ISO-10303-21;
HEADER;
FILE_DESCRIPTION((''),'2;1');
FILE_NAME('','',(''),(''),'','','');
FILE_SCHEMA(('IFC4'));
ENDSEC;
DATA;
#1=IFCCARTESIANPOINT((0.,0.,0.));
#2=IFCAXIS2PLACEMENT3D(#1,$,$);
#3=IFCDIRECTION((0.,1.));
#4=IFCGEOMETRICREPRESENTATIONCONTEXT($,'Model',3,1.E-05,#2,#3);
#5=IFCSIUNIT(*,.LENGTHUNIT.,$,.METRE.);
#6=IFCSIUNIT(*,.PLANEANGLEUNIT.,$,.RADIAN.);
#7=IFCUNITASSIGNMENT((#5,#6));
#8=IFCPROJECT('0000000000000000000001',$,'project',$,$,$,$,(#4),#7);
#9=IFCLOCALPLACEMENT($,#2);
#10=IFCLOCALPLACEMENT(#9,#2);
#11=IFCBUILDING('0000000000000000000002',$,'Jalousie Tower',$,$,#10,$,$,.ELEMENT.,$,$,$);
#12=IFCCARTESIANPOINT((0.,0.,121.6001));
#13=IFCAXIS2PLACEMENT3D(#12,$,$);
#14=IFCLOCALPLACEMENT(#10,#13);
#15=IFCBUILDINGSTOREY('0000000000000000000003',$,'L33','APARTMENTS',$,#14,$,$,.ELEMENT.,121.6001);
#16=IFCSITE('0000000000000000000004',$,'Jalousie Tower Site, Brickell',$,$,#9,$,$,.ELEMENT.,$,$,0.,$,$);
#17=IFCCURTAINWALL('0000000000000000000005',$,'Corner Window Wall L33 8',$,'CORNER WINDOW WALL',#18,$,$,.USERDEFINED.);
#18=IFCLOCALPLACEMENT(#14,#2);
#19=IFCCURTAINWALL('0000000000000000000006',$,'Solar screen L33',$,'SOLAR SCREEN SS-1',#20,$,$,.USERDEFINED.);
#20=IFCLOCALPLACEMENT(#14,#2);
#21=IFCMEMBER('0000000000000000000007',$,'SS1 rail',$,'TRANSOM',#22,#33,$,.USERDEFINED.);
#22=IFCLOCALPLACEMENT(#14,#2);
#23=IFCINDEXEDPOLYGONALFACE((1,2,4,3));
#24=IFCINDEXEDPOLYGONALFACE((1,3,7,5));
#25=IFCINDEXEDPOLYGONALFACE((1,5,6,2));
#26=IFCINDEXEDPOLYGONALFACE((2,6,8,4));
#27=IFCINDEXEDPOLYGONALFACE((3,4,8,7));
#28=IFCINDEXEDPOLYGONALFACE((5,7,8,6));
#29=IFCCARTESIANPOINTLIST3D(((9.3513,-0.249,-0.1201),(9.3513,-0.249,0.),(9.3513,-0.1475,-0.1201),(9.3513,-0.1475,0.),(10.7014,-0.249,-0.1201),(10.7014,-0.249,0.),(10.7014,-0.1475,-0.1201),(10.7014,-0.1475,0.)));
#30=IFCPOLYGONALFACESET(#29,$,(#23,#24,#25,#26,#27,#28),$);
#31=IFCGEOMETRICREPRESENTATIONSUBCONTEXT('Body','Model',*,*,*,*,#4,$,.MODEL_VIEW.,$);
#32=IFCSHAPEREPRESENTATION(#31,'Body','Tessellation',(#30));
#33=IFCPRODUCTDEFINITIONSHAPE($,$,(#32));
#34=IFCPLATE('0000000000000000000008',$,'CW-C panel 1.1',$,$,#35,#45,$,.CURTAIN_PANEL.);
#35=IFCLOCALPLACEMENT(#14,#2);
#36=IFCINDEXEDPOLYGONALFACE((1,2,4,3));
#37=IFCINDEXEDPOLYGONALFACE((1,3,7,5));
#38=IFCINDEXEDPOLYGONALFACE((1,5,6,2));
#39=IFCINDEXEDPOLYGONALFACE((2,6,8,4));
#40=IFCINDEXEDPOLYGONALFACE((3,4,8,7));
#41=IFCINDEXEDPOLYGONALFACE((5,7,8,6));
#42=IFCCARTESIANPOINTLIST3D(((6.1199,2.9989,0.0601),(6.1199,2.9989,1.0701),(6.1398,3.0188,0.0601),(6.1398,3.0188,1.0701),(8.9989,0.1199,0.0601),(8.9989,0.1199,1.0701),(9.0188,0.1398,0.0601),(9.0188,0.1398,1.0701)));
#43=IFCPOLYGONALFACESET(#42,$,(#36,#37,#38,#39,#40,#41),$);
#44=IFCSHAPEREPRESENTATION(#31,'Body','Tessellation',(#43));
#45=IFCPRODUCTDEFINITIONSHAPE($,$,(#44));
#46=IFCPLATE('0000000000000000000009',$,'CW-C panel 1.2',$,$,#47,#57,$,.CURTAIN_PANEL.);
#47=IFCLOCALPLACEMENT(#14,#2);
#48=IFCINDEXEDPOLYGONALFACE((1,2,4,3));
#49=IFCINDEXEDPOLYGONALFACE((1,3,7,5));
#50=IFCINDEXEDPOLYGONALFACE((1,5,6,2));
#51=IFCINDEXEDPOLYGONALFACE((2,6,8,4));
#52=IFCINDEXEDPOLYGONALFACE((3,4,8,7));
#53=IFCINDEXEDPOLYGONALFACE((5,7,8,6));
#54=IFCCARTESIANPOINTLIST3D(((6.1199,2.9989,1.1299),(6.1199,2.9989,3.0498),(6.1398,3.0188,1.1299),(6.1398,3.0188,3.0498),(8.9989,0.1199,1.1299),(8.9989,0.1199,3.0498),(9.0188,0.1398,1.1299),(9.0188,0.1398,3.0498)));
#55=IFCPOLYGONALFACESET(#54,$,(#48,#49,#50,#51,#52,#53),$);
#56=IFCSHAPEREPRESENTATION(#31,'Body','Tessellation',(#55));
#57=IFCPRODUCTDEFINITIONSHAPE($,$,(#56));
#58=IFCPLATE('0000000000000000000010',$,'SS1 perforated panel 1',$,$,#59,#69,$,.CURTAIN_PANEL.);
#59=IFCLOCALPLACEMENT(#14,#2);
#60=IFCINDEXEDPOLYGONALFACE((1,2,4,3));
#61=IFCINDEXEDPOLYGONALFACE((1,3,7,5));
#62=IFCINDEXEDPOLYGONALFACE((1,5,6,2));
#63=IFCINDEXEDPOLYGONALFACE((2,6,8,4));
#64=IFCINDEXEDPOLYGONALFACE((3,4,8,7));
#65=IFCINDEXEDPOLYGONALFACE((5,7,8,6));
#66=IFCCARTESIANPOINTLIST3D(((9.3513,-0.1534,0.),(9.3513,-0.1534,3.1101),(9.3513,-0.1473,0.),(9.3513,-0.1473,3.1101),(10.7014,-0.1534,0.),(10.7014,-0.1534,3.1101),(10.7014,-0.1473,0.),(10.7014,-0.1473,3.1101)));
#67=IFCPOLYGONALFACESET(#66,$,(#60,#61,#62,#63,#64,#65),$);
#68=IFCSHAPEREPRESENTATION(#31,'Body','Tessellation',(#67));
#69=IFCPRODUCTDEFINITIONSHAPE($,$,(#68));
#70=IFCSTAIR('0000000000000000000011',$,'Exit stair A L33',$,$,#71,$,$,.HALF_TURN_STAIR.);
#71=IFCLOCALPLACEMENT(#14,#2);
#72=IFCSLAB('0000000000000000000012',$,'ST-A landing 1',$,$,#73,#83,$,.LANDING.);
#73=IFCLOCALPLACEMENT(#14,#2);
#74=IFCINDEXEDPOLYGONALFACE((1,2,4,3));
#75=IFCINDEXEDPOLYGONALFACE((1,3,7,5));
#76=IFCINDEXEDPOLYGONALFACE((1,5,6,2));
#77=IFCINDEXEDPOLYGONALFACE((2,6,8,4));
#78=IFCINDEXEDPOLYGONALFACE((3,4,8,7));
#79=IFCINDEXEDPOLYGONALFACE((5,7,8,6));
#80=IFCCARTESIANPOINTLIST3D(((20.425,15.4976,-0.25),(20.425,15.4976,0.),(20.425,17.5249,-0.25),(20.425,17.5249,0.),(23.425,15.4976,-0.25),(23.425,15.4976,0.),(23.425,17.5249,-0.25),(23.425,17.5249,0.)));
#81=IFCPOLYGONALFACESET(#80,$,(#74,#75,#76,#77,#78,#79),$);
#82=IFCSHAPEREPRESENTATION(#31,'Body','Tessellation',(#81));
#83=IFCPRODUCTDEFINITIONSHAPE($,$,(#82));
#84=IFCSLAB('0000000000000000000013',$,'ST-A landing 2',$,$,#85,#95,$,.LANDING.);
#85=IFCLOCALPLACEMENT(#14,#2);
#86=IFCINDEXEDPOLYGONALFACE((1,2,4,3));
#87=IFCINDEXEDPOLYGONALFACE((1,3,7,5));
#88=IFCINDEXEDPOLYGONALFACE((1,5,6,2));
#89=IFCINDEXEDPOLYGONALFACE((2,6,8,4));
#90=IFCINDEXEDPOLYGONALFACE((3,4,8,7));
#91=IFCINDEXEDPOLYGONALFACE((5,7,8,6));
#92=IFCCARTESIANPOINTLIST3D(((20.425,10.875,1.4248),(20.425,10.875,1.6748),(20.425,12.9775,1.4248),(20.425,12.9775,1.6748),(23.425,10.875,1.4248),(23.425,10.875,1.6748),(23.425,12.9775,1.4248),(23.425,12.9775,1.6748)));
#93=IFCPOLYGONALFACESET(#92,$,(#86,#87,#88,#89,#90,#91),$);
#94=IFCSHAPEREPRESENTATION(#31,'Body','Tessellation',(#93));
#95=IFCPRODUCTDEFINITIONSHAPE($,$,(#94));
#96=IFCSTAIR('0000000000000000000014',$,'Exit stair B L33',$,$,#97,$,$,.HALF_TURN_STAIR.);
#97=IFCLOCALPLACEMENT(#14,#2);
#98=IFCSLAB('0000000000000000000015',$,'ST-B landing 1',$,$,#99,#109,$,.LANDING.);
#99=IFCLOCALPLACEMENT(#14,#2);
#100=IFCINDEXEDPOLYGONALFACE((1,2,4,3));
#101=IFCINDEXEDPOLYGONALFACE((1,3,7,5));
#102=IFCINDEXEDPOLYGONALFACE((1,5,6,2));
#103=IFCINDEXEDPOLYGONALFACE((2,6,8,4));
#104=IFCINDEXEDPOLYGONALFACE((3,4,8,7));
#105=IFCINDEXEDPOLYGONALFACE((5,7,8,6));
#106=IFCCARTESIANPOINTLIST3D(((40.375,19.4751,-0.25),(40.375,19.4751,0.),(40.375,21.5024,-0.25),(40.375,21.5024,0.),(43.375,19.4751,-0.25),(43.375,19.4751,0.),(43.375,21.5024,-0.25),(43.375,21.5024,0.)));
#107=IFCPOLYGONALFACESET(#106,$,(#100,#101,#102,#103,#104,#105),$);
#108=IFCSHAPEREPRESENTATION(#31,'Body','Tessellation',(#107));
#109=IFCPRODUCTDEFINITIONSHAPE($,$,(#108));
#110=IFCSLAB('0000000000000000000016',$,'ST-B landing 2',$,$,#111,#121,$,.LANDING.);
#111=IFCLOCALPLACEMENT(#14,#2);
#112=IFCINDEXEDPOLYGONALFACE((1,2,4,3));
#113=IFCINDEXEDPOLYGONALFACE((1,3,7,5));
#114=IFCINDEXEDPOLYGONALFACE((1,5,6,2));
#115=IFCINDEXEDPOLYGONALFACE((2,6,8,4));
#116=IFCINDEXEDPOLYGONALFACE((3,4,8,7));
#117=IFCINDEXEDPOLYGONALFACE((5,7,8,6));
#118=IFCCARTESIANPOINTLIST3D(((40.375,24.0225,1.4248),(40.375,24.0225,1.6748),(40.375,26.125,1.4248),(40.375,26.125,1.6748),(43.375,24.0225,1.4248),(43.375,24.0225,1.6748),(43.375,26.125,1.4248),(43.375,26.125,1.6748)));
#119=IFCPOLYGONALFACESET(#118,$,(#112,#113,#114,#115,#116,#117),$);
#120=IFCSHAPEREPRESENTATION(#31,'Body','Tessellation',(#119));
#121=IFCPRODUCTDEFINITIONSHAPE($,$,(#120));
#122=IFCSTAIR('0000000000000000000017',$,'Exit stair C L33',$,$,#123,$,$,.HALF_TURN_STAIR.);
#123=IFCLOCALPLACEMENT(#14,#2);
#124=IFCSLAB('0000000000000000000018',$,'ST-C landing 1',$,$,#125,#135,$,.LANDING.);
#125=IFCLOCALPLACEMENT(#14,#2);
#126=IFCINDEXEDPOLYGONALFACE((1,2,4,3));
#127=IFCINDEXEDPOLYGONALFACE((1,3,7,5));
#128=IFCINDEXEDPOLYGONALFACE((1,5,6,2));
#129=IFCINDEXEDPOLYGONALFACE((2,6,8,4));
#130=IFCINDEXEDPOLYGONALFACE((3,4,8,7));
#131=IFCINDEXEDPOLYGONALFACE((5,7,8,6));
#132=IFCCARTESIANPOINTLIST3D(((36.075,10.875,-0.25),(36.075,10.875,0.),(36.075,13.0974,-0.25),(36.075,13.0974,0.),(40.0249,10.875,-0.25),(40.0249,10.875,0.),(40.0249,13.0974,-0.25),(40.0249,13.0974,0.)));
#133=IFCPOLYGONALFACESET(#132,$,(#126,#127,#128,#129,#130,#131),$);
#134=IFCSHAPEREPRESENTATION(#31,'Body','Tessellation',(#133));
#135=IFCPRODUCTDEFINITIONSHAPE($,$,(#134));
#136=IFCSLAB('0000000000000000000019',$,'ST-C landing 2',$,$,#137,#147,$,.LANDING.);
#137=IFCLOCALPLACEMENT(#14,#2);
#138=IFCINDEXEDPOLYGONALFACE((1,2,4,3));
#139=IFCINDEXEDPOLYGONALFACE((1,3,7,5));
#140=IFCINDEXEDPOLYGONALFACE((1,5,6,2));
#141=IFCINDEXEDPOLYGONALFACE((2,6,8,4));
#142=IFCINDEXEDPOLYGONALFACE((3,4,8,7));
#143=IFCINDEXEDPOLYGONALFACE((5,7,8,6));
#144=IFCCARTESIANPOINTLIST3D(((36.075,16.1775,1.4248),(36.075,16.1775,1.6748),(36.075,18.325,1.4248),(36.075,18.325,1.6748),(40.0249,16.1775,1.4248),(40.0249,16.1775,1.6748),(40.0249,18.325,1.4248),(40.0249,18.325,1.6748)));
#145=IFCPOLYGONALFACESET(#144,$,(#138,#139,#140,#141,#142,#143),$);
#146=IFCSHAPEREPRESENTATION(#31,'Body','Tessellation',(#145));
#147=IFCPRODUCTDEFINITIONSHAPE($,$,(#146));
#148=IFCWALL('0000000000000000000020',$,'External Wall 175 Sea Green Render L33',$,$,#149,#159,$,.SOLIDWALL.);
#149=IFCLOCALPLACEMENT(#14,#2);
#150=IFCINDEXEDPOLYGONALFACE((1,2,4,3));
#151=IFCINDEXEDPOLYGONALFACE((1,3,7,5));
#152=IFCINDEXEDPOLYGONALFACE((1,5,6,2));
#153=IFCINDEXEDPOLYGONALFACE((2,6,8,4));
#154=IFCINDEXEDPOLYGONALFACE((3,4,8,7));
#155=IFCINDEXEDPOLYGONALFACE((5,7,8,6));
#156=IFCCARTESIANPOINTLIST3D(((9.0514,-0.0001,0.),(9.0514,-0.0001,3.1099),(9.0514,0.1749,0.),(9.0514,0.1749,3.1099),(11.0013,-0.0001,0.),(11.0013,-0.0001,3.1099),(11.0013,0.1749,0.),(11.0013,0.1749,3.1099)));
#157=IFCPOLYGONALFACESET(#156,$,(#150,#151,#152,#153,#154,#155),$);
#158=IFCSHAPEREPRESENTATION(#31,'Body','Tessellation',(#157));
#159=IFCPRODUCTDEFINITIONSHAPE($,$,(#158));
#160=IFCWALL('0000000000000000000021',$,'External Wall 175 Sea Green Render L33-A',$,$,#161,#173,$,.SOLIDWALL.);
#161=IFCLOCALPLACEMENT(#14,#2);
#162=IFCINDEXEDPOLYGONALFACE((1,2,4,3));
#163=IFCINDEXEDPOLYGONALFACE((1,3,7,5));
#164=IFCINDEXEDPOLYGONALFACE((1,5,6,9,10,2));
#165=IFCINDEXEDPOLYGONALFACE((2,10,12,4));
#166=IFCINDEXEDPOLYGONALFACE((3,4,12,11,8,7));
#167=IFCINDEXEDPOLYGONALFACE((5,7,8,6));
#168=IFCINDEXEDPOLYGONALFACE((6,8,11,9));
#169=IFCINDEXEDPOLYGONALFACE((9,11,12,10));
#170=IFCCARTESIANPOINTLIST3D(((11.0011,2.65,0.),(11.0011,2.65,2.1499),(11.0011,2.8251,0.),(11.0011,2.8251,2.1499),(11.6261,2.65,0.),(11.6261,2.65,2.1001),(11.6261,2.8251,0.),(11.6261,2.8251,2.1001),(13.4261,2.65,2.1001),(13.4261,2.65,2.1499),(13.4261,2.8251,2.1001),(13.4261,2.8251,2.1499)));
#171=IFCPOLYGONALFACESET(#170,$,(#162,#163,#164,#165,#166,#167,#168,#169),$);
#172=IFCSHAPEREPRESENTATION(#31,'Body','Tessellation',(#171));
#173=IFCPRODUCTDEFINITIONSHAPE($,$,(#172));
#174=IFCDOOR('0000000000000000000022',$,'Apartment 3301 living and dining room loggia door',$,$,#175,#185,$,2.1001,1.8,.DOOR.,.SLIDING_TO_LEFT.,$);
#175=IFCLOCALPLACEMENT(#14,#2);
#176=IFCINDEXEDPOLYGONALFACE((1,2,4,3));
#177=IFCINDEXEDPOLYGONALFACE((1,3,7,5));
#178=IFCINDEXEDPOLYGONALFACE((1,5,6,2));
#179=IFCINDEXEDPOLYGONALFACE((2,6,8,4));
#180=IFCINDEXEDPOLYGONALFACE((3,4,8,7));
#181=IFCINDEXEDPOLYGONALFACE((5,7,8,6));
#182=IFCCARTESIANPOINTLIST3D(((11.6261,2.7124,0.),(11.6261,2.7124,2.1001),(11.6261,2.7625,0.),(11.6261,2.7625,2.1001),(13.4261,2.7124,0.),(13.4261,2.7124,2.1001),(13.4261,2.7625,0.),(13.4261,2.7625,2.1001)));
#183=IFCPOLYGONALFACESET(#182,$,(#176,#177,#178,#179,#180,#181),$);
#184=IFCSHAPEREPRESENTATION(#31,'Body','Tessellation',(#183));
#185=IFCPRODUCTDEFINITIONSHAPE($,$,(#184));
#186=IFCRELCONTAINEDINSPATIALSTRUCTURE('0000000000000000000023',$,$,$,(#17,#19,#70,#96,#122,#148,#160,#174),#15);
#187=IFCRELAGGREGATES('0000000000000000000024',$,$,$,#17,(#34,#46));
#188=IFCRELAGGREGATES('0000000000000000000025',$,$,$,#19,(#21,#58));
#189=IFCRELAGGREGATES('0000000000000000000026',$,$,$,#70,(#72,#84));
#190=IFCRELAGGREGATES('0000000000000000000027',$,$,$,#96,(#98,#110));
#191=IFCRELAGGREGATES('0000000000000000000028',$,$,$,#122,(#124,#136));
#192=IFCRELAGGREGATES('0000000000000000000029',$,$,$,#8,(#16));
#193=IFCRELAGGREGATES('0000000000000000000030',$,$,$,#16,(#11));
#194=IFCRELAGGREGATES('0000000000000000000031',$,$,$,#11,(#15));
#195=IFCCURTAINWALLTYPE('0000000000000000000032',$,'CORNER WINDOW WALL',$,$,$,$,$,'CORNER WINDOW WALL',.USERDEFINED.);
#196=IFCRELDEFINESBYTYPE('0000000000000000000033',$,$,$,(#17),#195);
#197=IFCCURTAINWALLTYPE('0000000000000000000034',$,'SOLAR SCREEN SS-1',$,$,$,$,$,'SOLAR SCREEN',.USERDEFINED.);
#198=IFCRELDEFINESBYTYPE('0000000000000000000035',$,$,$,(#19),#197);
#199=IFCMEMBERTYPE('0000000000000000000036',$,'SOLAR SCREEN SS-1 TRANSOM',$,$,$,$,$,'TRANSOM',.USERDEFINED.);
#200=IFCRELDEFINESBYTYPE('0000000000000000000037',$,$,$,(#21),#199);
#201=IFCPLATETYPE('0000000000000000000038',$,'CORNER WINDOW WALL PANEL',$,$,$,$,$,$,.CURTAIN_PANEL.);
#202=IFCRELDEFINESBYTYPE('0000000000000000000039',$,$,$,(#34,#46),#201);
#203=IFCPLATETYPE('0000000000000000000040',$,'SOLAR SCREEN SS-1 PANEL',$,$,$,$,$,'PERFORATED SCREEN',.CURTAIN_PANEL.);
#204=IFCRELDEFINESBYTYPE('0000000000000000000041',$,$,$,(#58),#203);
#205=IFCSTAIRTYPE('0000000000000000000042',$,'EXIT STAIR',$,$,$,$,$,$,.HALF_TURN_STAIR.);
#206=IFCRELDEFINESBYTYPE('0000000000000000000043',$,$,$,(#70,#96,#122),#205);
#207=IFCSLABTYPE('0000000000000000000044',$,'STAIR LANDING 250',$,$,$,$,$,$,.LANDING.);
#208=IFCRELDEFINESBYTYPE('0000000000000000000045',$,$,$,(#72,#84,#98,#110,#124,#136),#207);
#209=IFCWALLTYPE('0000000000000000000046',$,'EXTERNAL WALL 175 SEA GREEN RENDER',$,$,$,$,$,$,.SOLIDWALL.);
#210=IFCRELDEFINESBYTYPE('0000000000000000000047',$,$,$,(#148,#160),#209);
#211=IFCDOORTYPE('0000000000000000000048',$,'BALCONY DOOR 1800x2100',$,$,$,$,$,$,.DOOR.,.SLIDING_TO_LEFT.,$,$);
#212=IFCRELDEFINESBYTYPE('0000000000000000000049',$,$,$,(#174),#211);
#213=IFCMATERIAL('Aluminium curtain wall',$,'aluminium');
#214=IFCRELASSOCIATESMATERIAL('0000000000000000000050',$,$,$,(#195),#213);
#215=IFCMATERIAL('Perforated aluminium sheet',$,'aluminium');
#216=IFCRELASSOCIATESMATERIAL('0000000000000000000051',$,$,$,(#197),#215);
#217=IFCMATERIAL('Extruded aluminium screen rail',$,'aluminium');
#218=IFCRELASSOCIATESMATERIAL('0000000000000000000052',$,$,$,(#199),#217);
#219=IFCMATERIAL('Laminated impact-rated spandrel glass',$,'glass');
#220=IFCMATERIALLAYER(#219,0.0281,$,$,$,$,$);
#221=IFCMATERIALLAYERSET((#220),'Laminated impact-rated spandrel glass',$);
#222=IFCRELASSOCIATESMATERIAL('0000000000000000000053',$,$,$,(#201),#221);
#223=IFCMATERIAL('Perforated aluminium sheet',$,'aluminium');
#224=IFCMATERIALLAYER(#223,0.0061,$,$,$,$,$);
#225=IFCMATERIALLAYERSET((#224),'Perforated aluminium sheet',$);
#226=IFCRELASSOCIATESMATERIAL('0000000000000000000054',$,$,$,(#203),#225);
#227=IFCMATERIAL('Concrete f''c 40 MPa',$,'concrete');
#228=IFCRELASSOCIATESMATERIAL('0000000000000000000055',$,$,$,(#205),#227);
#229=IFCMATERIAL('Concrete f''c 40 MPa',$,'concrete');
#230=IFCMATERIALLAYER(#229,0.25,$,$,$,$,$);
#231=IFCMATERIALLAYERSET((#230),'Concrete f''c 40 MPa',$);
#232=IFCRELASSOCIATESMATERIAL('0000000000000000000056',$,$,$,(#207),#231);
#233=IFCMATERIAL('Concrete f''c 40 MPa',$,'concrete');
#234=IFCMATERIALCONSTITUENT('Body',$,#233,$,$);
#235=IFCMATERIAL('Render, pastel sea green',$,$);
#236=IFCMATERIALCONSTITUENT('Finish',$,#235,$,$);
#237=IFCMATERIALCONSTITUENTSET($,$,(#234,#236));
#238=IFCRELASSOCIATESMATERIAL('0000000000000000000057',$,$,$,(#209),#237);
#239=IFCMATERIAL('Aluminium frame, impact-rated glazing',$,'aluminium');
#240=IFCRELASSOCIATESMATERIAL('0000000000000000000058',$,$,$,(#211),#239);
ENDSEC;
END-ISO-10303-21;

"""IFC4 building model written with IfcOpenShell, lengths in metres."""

from ifc_helpers import new_model, si_unit, direction, frame, frame_2d, origin, origin_2d, place, context, subcontext, project, spatial, polyline, rectangle, outline, extrude, material, layer, layer_set, constituent, constituent_set, material_profile, profile_set, type_object, element, fill, aggregate, save


model = new_model("IFC4")

# Units and contexts
model_context = context("Model", 3, precision=1e-05, world=origin(), true_north=direction((0.0, 1.0)))
body_context = subcontext(model_context, "Body", "Model", "MODEL_VIEW")
ifc_project = project(units=[si_unit("LENGTHUNIT", "METRE"), si_unit("PLANEANGLEUNIT", "RADIAN")], contexts=[model_context])

# Site, building, storey
site_placement = place(None, origin())
site = spatial("IfcSite", under=ifc_project, at=site_placement, Name="Jalousie Tower Site, Brickell", CompositionType="ELEMENT", RefElevation=0.0)
building_placement = place(site_placement, origin())
building = spatial("IfcBuilding", under=site, at=building_placement, Name="Jalousie Tower", CompositionType="ELEMENT")
storey_placement = place(building_placement, frame((0.0, 0.0, 121.6001)))
storey = spatial("IfcBuildingStorey", under=building, at=storey_placement, Name="L33", Description="APARTMENTS", CompositionType="ELEMENT", Elevation=121.6001)

# Curtain wall
ifc_material_1 = material(Name="Aluminium curtain wall", Category="aluminium")
curtain_wall_type_1 = type_object("IfcCurtainWallType", Name="CORNER WINDOW WALL", ElementType="CORNER WINDOW WALL", PredefinedType="USERDEFINED", material=ifc_material_1)
curtain_wall_1_placement = place(storey_placement, origin())
curtain_wall_1 = element("IfcCurtainWall", 1, at=curtain_wall_1_placement, inside=storey, type_object=curtain_wall_type_1, Name="Corner Window Wall L33 8", ObjectType="CORNER WINDOW WALL", PredefinedType="USERDEFINED")

# Curtain wall, member
ifc_material_2 = material(Name="Perforated aluminium sheet", Category="aluminium")
curtain_wall_type_2 = type_object("IfcCurtainWallType", Name="SOLAR SCREEN SS-1", ElementType="SOLAR SCREEN", PredefinedType="USERDEFINED", material=ifc_material_2)
curtain_wall_2_placement = place(storey_placement, origin())
curtain_wall_2 = element("IfcCurtainWall", 2, at=curtain_wall_2_placement, inside=storey, type_object=curtain_wall_type_2, Name="Solar screen L33", ObjectType="SOLAR SCREEN SS-1", PredefinedType="USERDEFINED")
ifc_material_3 = material(Name="Extruded aluminium screen rail", Category="aluminium")
ifc_material_profile_1 = material_profile(ifc_material_3, rectangle(XDim=0.1016, YDim=0.1201, at=origin_2d()), Name="RAIL 102x120")
ifc_profile_set_1 = profile_set([ifc_material_profile_1], Name="Extruded aluminium screen rail")
member_type_1 = type_object("IfcMemberType", Name="SOLAR SCREEN SS-1 TRANSOM", ElementType="TRANSOM", PredefinedType="USERDEFINED", material=ifc_profile_set_1)
member_1_placement = place(storey_placement, frame((9.3513, -0.1982, -0.0601), z_axis=(1.0, 0.0, 0.0), x_axis=(0.0, 1.0, 0.0)))
member_1 = element("IfcMember", 3, at=member_1_placement, type_object=member_type_1, Name="SS1 rail", ObjectType="TRANSOM", PredefinedType="USERDEFINED", context=body_context, shape_type="SweptSolid", body=[
    extrude(rectangle(XDim=0.1016, YDim=0.1201, at=origin_2d()), origin(), (0.0, 0.0, 1.0), 1.3501),
])

# Plates
ifc_material_4 = material(Name="Laminated impact-rated spandrel glass", Category="glass")
ifc_layer_1 = layer(ifc_material_4, 0.0281)
ifc_layer_set_1 = layer_set([ifc_layer_1], Name="Laminated impact-rated spandrel glass")
plate_type_1 = type_object("IfcPlateType", Name="CORNER WINDOW WALL PANEL", PredefinedType="CURTAIN_PANEL", material=ifc_layer_set_1)
plate_1_placement = place(storey_placement, frame((7.5693, 1.5693, 0.0601), z_axis=(0.0, 0.0, 1.0), x_axis=(0.707107, -0.707107, 0.0)))
plate_1 = element("IfcPlate", 4, at=plate_1_placement, type_object=plate_type_1, Name="CW-C panel 1.1", PredefinedType="CURTAIN_PANEL", context=body_context, shape_type="SweptSolid", body=[
    extrude(rectangle(XDim=4.0715, YDim=0.0281, at=origin_2d()), origin(), (0.0, 0.0, 1.0), 1.01),
])
plate_2_placement = place(storey_placement, frame((7.5693, 1.5693, 1.1299), z_axis=(0.0, 0.0, 1.0), x_axis=(0.707107, -0.707107, 0.0)))
plate_2 = element("IfcPlate", 5, at=plate_2_placement, type_object=plate_type_1, Name="CW-C panel 1.2", PredefinedType="CURTAIN_PANEL", context=body_context, shape_type="SweptSolid", body=[
    extrude(rectangle(XDim=4.0715, YDim=0.0281, at=origin_2d()), origin(), (0.0, 0.0, 1.0), 1.9199),
])
aggregate(curtain_wall_1, [plate_1, plate_2])

# Plate
ifc_material_5 = material(Name="Perforated aluminium sheet", Category="aluminium")
ifc_layer_2 = layer(ifc_material_5, 0.0061)
ifc_layer_set_2 = layer_set([ifc_layer_2], Name="Perforated aluminium sheet")
plate_type_2 = type_object("IfcPlateType", Name="SOLAR SCREEN SS-1 PANEL", ElementType="PERFORATED SCREEN", PredefinedType="CURTAIN_PANEL", material=ifc_layer_set_2)
plate_3_placement = place(storey_placement, frame((10.0264, -0.1504, 0.0), z_axis=(0.0, 0.0, 1.0), x_axis=(1.0, 0.0, 0.0)))
plate_3 = element("IfcPlate", 6, at=plate_3_placement, type_object=plate_type_2, Name="SS1 perforated panel 1", PredefinedType="CURTAIN_PANEL", context=body_context, shape_type="SweptSolid", body=[
    extrude(rectangle(XDim=1.3501, YDim=0.0061, at=origin_2d()), origin(), (0.0, 0.0, 1.0), 3.1101),
])
aggregate(curtain_wall_2, [member_1, plate_3])

# Stairs, slabs
ifc_material_6 = material(Name="Concrete f'c 40 MPa", Category="concrete")
stair_type = type_object("IfcStairType", Name="EXIT STAIR", PredefinedType="HALF_TURN_STAIR", material=ifc_material_6)
stair_1_placement = place(storey_placement, origin())
stair_1 = element("IfcStair", 7, at=stair_1_placement, inside=storey, type_object=stair_type, Name="Exit stair A L33", PredefinedType="HALF_TURN_STAIR")
ifc_material_7 = material(Name="Concrete f'c 40 MPa", Category="concrete")
ifc_layer_3 = layer(ifc_material_7, 0.25)
ifc_layer_set_3 = layer_set([ifc_layer_3], Name="Concrete f'c 40 MPa")
slab_type_1 = type_object("IfcSlabType", Name="STAIR LANDING 250", PredefinedType="LANDING", material=ifc_layer_set_3)
slab_1_placement = place(storey_placement, frame((0.0, 0.0, -0.25)))
slab_1 = element("IfcSlab", 8, at=slab_1_placement, type_object=slab_type_1, Name="ST-A landing 1", PredefinedType="LANDING", context=body_context, shape_type="SweptSolid", body=[
    extrude(outline(polyline([(20.425, 15.4976), (23.425, 15.4976), (23.425, 17.5249), (20.425, 17.5249), (20.425, 15.4976)])), origin(), (0.0, 0.0, 1.0), 0.25),
])
slab_2_placement = place(storey_placement, frame((0.0, 0.0, 1.4248)))
slab_2 = element("IfcSlab", 9, at=slab_2_placement, type_object=slab_type_1, Name="ST-A landing 2", PredefinedType="LANDING", context=body_context, shape_type="SweptSolid", body=[
    extrude(outline(polyline([(20.425, 10.875), (23.425, 10.875), (23.425, 12.9775), (20.425, 12.9775), (20.425, 10.875)])), origin(), (0.0, 0.0, 1.0), 0.25),
])
aggregate(stair_1, [slab_1, slab_2])
stair_2_placement = place(storey_placement, origin())
stair_2 = element("IfcStair", 10, at=stair_2_placement, inside=storey, type_object=stair_type, Name="Exit stair B L33", PredefinedType="HALF_TURN_STAIR")
slab_3_placement = place(storey_placement, frame((0.0, 0.0, -0.25)))
slab_3 = element("IfcSlab", 11, at=slab_3_placement, type_object=slab_type_1, Name="ST-B landing 1", PredefinedType="LANDING", context=body_context, shape_type="SweptSolid", body=[
    extrude(outline(polyline([(40.375, 19.4751), (43.375, 19.4751), (43.375, 21.5024), (40.375, 21.5024), (40.375, 19.4751)])), origin(), (0.0, 0.0, 1.0), 0.25),
])
slab_4_placement = place(storey_placement, frame((0.0, 0.0, 1.4248)))
slab_4 = element("IfcSlab", 12, at=slab_4_placement, type_object=slab_type_1, Name="ST-B landing 2", PredefinedType="LANDING", context=body_context, shape_type="SweptSolid", body=[
    extrude(outline(polyline([(40.375, 24.0225), (43.375, 24.0225), (43.375, 26.125), (40.375, 26.125), (40.375, 24.0225)])), origin(), (0.0, 0.0, 1.0), 0.25),
])
aggregate(stair_2, [slab_3, slab_4])
stair_3_placement = place(storey_placement, origin())
stair_3 = element("IfcStair", 13, at=stair_3_placement, inside=storey, type_object=stair_type, Name="Exit stair C L33", PredefinedType="HALF_TURN_STAIR")
slab_5_placement = place(storey_placement, frame((0.0, 0.0, -0.25)))
slab_5 = element("IfcSlab", 14, at=slab_5_placement, type_object=slab_type_1, Name="ST-C landing 1", PredefinedType="LANDING", context=body_context, shape_type="SweptSolid", body=[
    extrude(outline(polyline([(36.075, 10.875), (40.0249, 10.875), (40.0249, 13.0974), (36.075, 13.0974), (36.075, 10.875)])), origin(), (0.0, 0.0, 1.0), 0.25),
])
slab_6_placement = place(storey_placement, frame((0.0, 0.0, 1.4248)))
slab_6 = element("IfcSlab", 15, at=slab_6_placement, type_object=slab_type_1, Name="ST-C landing 2", PredefinedType="LANDING", context=body_context, shape_type="SweptSolid", body=[
    extrude(outline(polyline([(36.075, 16.1775), (40.0249, 16.1775), (40.0249, 18.325), (36.075, 18.325), (36.075, 16.1775)])), origin(), (0.0, 0.0, 1.0), 0.25),
])
aggregate(stair_3, [slab_5, slab_6])

# Wall
ifc_material_8 = material(Name="Concrete f'c 40 MPa", Category="concrete")
ifc_constituent_1 = constituent(ifc_material_8, Name="Body")
ifc_material_9 = material(Name="Render, pastel sea green")
ifc_constituent_2 = constituent(ifc_material_9, Name="Finish")
ifc_constituent_set = constituent_set(constituents=[ifc_constituent_1, ifc_constituent_2])
wall_type = type_object("IfcWallType", Name="EXTERNAL WALL 175 SEA GREEN RENDER", PredefinedType="SOLIDWALL", material=ifc_constituent_set)
wall_1_placement = place(storey_placement, frame((9.0513, 0.0874, 0.0), z_axis=(0.0, 0.0, 1.0), x_axis=(1.0, 0.0, 0.0)))
element("IfcWall", 16, at=wall_1_placement, inside=storey, type_object=wall_type, Name="External Wall 175 Sea Green Render L33", PredefinedType="SOLIDWALL", context=body_context, shape_type="SweptSolid", body=[
    extrude(rectangle(XDim=1.95, YDim=0.175, at=frame_2d((0.9751, 0.0))), origin(), (0.0, 0.0, 1.0), 3.1099),
])

# Wall, opening, door
wall_2_placement = place(storey_placement, frame((11.0012, 2.7375, 0.0), z_axis=(0.0, 0.0, 1.0), x_axis=(1.0, 0.0, 0.0)))
wall_2 = element("IfcWall", 17, at=wall_2_placement, inside=storey, type_object=wall_type, Name="External Wall 175 Sea Green Render L33-A", PredefinedType="SOLIDWALL", context=body_context, shape_type="SweptSolid", body=[
    extrude(rectangle(XDim=2.425, YDim=0.175, at=frame_2d((1.2124, 0.0))), origin(), (0.0, 0.0, 1.0), 2.1499),
])
opening_placement = place(wall_2_placement, frame((0.625, 0.0, 0.0)))
opening = element("IfcOpeningElement", 18, at=opening_placement, cuts=wall_2, PredefinedType="OPENING", context=body_context, shape_type="SweptSolid", body=[
    extrude(rectangle(XDim=1.8, YDim=2.1001, at=frame_2d((0.8999, 1.05))), frame((0.0, 0.0974, 0.0), z_axis=(0.0, -1.0, 0.0), x_axis=(1.0, 0.0, 0.0)), (0.0, 0.0, 1.0), 0.1951),
])
ifc_material_10 = material(Name="Aluminium frame, impact-rated glazing", Category="aluminium")
door_type = type_object("IfcDoorType", Name="BALCONY DOOR 1800x2100", OperationType="SLIDING_TO_LEFT", PredefinedType="DOOR", material=ifc_material_10)
door_placement = place(opening_placement, origin())
door = element("IfcDoor", 19, at=door_placement, inside=storey, type_object=door_type, Name="Apartment 3301 living and dining room loggia door", OperationType="SLIDING_TO_LEFT", OverallHeight=2.1001, OverallWidth=1.8, PredefinedType="DOOR", context=body_context, shape_type="SweptSolid", body=[
    extrude(rectangle(XDim=1.8, YDim=2.1001, at=frame_2d((0.8999, 1.05))), frame((0.0, 0.0249, 0.0), z_axis=(0.0, -1.0, 0.0), x_axis=(1.0, 0.0, 0.0)), (0.0, 0.0, 1.0), 0.05),
])
fill(opening, door)

save(model, "model.ifc")
